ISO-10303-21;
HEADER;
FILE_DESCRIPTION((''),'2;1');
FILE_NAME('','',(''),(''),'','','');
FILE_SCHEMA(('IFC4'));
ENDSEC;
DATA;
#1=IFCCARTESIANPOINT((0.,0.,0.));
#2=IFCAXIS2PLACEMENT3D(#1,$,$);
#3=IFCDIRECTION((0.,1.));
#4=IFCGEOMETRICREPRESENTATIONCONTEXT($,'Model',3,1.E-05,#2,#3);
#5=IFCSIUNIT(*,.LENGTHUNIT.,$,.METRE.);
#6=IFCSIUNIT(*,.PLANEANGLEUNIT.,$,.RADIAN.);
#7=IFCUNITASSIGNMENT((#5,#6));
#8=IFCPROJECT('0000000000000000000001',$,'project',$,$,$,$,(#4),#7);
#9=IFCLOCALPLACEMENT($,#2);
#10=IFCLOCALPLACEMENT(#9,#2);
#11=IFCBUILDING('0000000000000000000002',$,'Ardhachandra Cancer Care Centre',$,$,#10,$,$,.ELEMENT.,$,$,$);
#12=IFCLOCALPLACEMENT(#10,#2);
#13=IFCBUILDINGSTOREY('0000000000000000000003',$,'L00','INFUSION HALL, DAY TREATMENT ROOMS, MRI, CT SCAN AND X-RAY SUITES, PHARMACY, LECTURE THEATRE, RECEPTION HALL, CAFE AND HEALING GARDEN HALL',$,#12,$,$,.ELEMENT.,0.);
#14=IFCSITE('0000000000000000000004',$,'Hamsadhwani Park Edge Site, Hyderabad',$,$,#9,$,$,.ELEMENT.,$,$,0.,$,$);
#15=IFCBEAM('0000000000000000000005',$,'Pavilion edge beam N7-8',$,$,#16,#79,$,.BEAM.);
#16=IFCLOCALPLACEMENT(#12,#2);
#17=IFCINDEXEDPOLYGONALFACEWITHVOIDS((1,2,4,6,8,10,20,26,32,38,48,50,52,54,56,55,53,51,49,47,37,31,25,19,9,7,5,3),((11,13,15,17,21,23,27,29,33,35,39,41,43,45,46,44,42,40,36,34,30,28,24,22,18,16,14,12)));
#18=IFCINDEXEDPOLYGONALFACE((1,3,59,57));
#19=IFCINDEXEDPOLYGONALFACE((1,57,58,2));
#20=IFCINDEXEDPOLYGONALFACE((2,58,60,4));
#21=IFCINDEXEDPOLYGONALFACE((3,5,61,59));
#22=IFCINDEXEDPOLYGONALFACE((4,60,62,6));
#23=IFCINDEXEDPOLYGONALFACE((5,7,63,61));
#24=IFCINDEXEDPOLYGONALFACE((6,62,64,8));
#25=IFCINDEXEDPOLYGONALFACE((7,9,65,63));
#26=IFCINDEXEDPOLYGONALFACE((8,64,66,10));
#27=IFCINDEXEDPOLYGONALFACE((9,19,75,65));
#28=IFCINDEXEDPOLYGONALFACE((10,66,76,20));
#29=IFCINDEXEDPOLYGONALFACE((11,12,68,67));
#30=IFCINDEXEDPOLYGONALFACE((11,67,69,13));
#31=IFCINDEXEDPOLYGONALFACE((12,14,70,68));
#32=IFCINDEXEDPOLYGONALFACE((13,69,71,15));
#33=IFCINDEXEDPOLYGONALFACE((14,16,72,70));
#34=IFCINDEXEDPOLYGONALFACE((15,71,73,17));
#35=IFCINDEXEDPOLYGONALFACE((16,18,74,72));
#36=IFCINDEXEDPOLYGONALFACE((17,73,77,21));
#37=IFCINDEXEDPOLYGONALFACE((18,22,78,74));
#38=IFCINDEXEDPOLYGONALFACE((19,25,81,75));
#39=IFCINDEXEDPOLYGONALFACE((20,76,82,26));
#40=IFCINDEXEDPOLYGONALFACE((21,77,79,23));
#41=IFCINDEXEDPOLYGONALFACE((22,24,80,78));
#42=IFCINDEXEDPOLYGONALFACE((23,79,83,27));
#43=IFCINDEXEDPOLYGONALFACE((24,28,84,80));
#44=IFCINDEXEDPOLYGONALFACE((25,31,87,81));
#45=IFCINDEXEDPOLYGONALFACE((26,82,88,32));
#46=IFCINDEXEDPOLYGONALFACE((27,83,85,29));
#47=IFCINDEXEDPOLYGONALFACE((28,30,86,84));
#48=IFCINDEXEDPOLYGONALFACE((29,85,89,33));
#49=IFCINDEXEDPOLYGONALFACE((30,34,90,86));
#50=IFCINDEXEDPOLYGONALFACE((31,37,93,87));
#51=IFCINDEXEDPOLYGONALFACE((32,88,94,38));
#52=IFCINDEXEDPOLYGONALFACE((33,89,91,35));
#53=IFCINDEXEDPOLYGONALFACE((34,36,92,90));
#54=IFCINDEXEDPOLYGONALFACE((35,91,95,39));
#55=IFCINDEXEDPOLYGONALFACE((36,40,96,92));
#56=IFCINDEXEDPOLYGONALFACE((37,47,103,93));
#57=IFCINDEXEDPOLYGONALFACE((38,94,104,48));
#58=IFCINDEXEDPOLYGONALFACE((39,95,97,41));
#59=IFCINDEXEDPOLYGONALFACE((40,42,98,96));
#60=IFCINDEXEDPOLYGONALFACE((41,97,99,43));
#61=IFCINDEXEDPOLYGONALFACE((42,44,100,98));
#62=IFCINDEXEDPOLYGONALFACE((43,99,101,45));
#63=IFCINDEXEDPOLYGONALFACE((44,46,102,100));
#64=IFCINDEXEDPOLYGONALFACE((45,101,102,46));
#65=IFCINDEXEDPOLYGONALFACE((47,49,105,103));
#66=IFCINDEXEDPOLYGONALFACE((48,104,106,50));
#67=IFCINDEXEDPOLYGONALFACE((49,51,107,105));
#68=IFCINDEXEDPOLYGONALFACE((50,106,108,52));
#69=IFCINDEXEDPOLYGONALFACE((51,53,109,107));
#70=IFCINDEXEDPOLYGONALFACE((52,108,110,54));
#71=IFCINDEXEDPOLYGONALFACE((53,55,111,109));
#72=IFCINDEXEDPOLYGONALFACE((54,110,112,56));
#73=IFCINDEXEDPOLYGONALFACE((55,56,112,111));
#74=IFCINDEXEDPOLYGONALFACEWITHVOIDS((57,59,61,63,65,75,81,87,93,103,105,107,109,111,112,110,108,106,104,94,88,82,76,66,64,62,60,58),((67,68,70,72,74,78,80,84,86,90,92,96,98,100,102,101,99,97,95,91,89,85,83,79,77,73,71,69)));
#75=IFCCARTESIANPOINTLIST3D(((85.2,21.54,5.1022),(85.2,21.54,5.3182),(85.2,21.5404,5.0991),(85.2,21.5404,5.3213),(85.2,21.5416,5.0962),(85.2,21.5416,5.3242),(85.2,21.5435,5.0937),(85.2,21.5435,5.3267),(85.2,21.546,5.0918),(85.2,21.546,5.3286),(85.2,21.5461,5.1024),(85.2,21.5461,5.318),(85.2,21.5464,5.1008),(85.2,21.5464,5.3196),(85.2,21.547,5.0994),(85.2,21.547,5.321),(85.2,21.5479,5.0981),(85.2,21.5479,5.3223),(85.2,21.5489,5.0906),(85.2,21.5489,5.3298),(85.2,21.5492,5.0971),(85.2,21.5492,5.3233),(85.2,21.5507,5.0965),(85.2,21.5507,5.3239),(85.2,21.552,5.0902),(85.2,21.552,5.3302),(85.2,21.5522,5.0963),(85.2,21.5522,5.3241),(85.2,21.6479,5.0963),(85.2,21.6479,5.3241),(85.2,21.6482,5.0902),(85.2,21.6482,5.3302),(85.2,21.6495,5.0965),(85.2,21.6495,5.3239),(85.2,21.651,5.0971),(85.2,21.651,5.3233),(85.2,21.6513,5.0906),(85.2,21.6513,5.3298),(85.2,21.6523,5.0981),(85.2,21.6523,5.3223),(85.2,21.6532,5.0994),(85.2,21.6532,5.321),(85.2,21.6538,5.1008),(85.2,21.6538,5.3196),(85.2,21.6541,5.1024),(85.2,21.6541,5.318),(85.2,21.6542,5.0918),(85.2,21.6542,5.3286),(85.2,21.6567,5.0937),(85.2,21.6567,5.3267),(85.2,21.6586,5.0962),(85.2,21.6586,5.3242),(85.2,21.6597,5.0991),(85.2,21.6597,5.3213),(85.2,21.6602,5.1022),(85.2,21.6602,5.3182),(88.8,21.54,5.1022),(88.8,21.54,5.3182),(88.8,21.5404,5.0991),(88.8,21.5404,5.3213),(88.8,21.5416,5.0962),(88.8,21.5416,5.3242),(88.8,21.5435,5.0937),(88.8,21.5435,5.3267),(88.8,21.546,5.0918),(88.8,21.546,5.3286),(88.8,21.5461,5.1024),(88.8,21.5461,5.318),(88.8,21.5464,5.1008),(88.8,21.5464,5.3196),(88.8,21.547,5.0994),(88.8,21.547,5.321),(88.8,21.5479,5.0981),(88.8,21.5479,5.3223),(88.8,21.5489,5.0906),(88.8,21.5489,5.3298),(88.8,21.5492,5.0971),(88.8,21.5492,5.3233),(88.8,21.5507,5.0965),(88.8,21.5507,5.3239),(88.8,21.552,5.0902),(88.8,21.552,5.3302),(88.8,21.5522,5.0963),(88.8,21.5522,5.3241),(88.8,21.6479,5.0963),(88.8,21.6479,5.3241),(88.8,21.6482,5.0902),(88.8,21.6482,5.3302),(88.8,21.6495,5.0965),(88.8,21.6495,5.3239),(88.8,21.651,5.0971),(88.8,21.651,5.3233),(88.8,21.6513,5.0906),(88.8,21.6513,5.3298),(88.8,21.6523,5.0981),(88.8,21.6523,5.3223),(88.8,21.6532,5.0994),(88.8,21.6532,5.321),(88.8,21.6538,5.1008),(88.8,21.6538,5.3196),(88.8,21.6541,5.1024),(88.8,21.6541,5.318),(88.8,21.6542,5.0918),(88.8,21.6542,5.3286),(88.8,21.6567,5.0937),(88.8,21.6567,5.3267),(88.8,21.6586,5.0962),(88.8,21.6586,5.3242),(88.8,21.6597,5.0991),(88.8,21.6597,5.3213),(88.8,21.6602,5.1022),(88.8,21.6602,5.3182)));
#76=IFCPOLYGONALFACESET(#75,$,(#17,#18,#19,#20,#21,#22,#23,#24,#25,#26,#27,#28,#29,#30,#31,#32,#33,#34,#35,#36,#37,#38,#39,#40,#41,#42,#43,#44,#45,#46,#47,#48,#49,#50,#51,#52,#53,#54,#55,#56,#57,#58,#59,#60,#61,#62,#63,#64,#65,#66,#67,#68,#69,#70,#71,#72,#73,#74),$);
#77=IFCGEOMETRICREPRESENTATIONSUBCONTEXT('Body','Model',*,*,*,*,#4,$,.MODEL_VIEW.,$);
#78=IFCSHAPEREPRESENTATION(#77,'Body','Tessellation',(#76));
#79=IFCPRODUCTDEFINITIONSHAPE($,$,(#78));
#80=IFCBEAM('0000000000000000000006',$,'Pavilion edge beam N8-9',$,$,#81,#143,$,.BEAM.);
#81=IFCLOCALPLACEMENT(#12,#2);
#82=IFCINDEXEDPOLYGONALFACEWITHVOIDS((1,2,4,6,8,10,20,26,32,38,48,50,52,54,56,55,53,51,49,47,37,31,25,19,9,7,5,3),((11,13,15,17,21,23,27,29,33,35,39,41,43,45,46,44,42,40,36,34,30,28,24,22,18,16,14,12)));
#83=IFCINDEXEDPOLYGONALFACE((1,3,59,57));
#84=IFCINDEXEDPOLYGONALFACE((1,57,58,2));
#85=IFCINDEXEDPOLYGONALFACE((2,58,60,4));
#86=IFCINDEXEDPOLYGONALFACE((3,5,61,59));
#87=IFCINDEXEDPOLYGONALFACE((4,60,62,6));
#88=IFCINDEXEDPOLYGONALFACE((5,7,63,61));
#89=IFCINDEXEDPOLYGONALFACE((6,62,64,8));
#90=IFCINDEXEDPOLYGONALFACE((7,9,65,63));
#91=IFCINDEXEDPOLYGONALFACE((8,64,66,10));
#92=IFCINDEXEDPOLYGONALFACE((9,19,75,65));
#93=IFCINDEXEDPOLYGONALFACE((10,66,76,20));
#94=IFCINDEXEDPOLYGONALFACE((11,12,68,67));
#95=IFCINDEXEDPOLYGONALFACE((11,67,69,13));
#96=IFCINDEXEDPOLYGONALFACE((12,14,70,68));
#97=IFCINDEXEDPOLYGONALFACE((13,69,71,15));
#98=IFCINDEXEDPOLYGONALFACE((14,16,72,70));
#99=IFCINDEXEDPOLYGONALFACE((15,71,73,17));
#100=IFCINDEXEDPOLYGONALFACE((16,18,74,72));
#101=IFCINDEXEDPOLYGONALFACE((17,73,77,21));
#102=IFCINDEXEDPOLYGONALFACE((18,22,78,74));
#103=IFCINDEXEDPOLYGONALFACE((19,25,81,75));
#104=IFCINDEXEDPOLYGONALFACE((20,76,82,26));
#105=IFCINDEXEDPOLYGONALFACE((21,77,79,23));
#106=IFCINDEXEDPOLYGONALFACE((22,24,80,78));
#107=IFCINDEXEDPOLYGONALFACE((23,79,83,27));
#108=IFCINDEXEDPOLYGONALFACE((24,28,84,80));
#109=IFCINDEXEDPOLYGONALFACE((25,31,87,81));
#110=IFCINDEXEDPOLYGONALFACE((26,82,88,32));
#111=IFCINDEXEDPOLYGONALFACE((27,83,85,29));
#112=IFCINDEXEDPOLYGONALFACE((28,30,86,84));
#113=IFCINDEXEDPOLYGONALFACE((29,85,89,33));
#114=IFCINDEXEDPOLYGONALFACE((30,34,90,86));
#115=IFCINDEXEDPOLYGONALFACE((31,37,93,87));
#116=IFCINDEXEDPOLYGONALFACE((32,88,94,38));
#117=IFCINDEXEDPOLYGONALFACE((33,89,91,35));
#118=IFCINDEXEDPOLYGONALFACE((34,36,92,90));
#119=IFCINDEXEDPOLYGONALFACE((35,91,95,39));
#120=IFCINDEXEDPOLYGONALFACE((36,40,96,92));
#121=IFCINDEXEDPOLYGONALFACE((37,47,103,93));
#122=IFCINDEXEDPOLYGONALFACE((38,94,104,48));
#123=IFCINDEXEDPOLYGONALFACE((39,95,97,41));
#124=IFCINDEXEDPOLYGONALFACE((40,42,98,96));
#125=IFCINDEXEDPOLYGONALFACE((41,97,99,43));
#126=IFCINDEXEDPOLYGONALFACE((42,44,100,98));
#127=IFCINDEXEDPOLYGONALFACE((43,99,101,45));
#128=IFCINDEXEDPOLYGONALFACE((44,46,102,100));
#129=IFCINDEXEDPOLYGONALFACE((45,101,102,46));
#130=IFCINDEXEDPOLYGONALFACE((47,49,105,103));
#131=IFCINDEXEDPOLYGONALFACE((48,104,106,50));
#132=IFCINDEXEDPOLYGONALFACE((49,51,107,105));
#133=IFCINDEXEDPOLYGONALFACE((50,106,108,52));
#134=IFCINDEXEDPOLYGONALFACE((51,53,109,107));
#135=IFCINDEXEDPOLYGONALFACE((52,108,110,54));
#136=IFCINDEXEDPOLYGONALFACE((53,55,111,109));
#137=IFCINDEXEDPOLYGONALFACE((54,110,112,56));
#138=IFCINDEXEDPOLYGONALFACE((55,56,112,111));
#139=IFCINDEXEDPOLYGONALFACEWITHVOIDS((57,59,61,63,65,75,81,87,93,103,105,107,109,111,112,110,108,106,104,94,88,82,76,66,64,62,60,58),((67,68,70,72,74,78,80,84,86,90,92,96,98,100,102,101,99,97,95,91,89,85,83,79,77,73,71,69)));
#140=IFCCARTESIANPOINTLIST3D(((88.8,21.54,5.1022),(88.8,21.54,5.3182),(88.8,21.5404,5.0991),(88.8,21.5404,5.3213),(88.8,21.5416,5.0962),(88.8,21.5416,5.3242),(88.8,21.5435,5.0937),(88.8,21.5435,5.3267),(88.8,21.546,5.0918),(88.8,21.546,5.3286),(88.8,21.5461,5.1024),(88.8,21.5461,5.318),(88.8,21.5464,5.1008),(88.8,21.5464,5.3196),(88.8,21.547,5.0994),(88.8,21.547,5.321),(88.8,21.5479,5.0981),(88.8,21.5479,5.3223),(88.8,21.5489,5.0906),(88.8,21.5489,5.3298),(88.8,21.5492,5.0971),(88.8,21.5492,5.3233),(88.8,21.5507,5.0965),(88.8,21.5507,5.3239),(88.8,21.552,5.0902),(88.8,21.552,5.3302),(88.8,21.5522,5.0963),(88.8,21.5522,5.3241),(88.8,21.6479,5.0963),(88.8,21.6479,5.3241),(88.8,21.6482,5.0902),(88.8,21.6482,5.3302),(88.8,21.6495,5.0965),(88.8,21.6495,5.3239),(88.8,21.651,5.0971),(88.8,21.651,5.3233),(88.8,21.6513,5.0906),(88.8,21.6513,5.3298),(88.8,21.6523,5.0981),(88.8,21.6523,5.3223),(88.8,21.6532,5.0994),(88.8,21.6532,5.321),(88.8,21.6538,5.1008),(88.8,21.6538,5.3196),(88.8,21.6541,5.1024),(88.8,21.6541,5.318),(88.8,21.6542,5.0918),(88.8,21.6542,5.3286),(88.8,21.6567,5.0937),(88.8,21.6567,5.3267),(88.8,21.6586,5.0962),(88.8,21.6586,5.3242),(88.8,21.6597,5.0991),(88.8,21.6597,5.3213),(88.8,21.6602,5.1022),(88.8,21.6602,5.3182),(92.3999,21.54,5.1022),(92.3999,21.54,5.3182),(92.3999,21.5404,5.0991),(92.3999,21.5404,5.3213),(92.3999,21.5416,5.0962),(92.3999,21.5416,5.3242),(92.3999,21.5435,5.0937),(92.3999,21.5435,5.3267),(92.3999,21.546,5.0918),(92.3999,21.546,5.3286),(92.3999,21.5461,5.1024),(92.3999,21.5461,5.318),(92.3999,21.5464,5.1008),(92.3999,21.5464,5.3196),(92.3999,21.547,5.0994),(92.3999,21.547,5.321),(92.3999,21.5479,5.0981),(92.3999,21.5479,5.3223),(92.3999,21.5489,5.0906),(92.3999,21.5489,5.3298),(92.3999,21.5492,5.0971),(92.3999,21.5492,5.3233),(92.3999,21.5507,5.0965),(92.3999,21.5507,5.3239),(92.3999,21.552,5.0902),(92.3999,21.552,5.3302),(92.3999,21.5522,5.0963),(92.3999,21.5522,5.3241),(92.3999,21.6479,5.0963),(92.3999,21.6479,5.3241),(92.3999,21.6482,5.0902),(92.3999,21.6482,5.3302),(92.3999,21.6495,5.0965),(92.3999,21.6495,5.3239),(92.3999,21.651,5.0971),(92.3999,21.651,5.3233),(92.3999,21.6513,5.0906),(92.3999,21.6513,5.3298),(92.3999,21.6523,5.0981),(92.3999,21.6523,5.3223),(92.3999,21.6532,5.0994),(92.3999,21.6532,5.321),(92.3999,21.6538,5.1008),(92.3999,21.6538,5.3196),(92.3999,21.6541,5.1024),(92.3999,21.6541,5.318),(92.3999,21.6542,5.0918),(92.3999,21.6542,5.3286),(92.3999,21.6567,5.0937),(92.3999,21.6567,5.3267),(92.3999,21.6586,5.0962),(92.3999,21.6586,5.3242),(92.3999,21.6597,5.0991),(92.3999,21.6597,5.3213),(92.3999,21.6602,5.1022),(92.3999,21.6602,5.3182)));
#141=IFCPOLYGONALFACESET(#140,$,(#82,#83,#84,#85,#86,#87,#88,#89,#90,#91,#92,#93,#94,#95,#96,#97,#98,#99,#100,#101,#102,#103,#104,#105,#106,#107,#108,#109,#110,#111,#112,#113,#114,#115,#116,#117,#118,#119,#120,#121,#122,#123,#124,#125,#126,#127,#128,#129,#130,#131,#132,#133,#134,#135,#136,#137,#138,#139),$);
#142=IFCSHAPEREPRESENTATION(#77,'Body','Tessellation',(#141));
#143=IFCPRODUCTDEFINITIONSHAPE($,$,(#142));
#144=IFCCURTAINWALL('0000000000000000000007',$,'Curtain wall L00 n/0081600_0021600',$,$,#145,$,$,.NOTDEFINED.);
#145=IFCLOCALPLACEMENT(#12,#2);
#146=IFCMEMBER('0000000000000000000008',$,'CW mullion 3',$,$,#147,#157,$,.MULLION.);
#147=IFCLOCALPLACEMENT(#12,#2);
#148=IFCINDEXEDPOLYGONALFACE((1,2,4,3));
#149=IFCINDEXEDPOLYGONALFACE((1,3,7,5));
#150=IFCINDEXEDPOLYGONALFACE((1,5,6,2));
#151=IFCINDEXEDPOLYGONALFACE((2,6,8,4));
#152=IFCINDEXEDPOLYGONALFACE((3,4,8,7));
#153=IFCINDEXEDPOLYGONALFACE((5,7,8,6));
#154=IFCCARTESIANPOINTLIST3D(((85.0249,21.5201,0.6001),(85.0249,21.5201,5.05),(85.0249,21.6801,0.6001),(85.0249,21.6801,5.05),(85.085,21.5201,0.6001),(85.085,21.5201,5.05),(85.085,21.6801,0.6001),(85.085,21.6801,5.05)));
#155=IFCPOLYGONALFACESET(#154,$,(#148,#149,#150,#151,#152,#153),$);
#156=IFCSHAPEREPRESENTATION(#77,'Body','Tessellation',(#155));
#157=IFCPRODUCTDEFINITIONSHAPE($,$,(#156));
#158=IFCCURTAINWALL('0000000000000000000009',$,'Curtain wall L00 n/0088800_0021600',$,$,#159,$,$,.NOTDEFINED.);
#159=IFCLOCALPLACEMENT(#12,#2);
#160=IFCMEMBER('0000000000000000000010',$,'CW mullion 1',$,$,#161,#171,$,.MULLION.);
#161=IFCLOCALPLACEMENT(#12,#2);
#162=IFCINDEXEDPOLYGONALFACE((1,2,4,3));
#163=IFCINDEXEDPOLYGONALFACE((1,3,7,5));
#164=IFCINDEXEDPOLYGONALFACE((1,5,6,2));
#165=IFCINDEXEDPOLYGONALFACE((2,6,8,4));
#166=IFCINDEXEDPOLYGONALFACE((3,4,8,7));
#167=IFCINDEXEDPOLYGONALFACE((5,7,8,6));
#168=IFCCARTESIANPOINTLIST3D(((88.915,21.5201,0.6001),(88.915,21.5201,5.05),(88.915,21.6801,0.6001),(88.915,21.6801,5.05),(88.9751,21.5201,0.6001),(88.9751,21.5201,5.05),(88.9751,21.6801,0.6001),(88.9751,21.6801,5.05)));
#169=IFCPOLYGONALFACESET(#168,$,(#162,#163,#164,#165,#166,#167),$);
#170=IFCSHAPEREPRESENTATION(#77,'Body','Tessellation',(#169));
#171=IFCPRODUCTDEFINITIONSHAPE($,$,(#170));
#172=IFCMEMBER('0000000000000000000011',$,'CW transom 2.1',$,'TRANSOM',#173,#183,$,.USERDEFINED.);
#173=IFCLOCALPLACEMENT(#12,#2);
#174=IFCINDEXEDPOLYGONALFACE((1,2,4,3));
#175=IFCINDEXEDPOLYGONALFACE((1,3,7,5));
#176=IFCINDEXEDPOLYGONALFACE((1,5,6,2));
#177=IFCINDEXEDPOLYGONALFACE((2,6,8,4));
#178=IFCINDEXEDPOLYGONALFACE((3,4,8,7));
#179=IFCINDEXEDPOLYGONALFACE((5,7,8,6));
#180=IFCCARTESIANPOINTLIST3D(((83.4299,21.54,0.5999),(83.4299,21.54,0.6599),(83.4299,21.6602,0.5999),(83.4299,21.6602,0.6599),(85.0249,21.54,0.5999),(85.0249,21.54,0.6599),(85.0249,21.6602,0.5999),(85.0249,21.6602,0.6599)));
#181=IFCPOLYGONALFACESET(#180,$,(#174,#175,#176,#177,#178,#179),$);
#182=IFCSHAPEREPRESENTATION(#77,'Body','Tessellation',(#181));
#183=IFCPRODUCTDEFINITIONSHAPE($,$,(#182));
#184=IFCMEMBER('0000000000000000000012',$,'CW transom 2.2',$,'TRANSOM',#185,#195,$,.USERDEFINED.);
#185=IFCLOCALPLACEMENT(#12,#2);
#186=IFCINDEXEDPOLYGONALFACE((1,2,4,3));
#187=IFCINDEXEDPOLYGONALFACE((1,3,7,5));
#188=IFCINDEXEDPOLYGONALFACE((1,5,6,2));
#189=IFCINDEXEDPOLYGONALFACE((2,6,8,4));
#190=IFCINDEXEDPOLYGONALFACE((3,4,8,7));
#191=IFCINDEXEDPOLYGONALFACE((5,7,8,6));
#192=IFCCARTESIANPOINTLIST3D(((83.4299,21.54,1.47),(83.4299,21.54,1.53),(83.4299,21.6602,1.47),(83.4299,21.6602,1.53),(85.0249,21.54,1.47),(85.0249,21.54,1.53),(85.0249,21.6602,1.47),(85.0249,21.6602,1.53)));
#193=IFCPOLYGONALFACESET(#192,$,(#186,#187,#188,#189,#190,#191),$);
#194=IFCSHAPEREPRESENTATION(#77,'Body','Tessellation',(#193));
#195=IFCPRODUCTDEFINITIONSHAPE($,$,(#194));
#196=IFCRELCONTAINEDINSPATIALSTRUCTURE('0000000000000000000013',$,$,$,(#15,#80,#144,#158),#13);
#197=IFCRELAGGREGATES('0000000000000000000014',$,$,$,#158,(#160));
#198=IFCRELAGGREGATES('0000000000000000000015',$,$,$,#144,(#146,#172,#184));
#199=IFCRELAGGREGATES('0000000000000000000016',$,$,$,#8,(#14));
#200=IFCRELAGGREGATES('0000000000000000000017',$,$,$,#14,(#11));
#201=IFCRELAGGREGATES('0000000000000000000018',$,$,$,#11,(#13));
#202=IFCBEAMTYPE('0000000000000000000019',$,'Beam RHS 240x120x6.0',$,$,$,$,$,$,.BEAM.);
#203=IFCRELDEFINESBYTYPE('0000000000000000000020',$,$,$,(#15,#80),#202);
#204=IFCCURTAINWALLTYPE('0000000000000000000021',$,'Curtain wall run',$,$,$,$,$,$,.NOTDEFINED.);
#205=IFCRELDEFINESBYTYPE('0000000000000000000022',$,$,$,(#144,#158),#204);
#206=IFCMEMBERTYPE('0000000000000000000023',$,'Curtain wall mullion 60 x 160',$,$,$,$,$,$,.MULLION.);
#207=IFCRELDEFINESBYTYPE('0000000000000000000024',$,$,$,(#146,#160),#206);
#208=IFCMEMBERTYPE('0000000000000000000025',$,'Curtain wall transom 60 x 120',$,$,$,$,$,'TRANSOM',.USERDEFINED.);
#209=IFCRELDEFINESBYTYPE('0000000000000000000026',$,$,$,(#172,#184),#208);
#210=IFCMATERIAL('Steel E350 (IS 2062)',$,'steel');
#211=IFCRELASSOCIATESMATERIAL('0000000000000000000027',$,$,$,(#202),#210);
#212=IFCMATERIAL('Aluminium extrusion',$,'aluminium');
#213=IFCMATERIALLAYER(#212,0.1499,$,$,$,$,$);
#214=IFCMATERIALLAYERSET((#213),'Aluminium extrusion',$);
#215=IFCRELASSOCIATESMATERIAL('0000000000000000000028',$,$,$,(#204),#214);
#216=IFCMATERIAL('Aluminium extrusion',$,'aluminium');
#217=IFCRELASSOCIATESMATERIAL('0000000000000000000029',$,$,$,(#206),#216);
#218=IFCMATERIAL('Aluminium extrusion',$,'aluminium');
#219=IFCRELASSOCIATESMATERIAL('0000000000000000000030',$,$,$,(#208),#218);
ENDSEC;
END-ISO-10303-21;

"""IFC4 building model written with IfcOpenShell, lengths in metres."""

from ifc_helpers import new_model, si_unit, direction, frame, origin, origin_2d, place, context, subcontext, project, spatial, rectangle, hollow_rectangle, extrude, material, layer, layer_set, material_profile, profile_set, type_object, element, aggregate, save


model = new_model("IFC4")

# Units and contexts
model_context = context("Model", 3, precision=1e-05, world=origin(), true_north=direction((0.0, 1.0)))
body_context = subcontext(model_context, "Body", "Model", "MODEL_VIEW")
ifc_project = project(units=[si_unit("LENGTHUNIT", "METRE"), si_unit("PLANEANGLEUNIT", "RADIAN")], contexts=[model_context])

# Site, building, storey
site_placement = place(None, origin())
site = spatial("IfcSite", under=ifc_project, at=site_placement, Name="Hamsadhwani Park Edge Site, Hyderabad", CompositionType="ELEMENT", RefElevation=0.0)
building_placement = place(site_placement, origin())
building = spatial("IfcBuilding", under=site, at=building_placement, Name="Ardhachandra Cancer Care Centre", CompositionType="ELEMENT")
storey_placement = place(building_placement, origin())
storey = spatial("IfcBuildingStorey", under=building, at=storey_placement, Name="L00", Description="INFUSION HALL, DAY TREATMENT ROOMS, MRI, CT SCAN AND X-RAY SUITES, PHARMACY, LECTURE THEATRE, RECEPTION HALL, CAFE AND HEALING GARDEN HALL", CompositionType="ELEMENT", Elevation=0.0)

# Beams
ifc_material_1 = material(Name="Steel E350 (IS 2062)", Category="steel")
ifc_material_profile_1 = material_profile(ifc_material_1, hollow_rectangle(XDim=0.1201, YDim=0.24, WallThickness=0.0061, InnerFilletRadius=0.0061, OuterFilletRadius=0.012, at=origin_2d()), Name="RHS 240x120x6.0")
ifc_profile_set_1 = profile_set([ifc_material_profile_1], Name="Steel E350 (IS 2062)")
beam_type = type_object("IfcBeamType", Name="Beam RHS 240x120x6.0", PredefinedType="BEAM", material=ifc_profile_set_1)
beam_1_placement = place(storey_placement, frame((85.2, 21.6001, 5.2102), z_axis=(1.0, 0.0, 0.0), x_axis=(0.0, 1.0, 0.0)))
element("IfcBeam", 1, at=beam_1_placement, inside=storey, type_object=beam_type, Name="Pavilion edge beam N7-8", PredefinedType="BEAM", context=body_context, shape_type="SweptSolid", body=[
    extrude(hollow_rectangle(XDim=0.1201, YDim=0.24, WallThickness=0.0061, InnerFilletRadius=0.0061, OuterFilletRadius=0.012, at=origin_2d()), origin(), (0.0, 0.0, 1.0), 3.6001),
])
beam_2_placement = place(storey_placement, frame((88.8, 21.6001, 5.2102), z_axis=(1.0, 0.0, 0.0), x_axis=(0.0, 1.0, 0.0)))
element("IfcBeam", 2, at=beam_2_placement, inside=storey, type_object=beam_type, Name="Pavilion edge beam N8-9", PredefinedType="BEAM", context=body_context, shape_type="SweptSolid", body=[
    extrude(hollow_rectangle(XDim=0.1201, YDim=0.24, WallThickness=0.0061, InnerFilletRadius=0.0061, OuterFilletRadius=0.012, at=origin_2d()), origin(), (0.0, 0.0, 1.0), 3.5999),
])

# Curtain walls, members
ifc_material_2 = material(Name="Aluminium extrusion", Category="aluminium")
ifc_layer_1 = layer(ifc_material_2, 0.1499)
ifc_layer_set_1 = layer_set([ifc_layer_1], Name="Aluminium extrusion")
curtain_wall_type = type_object("IfcCurtainWallType", Name="Curtain wall run", PredefinedType="NOTDEFINED", material=ifc_layer_set_1)
curtain_wall_1_placement = place(storey_placement, origin())
curtain_wall_1 = element("IfcCurtainWall", 3, at=curtain_wall_1_placement, inside=storey, type_object=curtain_wall_type, Name="Curtain wall L00 n/0081600_0021600", PredefinedType="NOTDEFINED")
ifc_material_3 = material(Name="Aluminium extrusion", Category="aluminium")
ifc_material_profile_2 = material_profile(ifc_material_3, rectangle(XDim=0.1599, YDim=0.0601, at=origin_2d()), Name="Curtain wall mullion 60 x 160")
ifc_profile_set_2 = profile_set([ifc_material_profile_2], Name="Aluminium extrusion")
member_type_1 = type_object("IfcMemberType", Name="Curtain wall mullion 60 x 160", PredefinedType="MULLION", material=ifc_profile_set_2)
member_1_placement = place(storey_placement, frame((85.0549, 21.6001, 0.6001), z_axis=(0.0, 0.0, 1.0), x_axis=(0.0, 1.0, 0.0)))
member_1 = element("IfcMember", 4, at=member_1_placement, type_object=member_type_1, Name="CW mullion 3", PredefinedType="MULLION", context=body_context, shape_type="SweptSolid", body=[
    extrude(rectangle(XDim=0.1599, YDim=0.0601, at=origin_2d()), origin(), (0.0, 0.0, 1.0), 4.45),
])
curtain_wall_2_placement = place(storey_placement, origin())
curtain_wall_2 = element("IfcCurtainWall", 5, at=curtain_wall_2_placement, inside=storey, type_object=curtain_wall_type, Name="Curtain wall L00 n/0088800_0021600", PredefinedType="NOTDEFINED")
member_2_placement = place(storey_placement, frame((88.9451, 21.6001, 0.6001), z_axis=(0.0, 0.0, 1.0), x_axis=(0.0, 1.0, 0.0)))
member_2 = element("IfcMember", 6, at=member_2_placement, type_object=member_type_1, Name="CW mullion 1", PredefinedType="MULLION", context=body_context, shape_type="SweptSolid", body=[
    extrude(rectangle(XDim=0.1599, YDim=0.0601, at=origin_2d()), origin(), (0.0, 0.0, 1.0), 4.45),
])

# Members
ifc_material_4 = material(Name="Aluminium extrusion", Category="aluminium")
ifc_material_profile_3 = material_profile(ifc_material_4, rectangle(XDim=0.1201, YDim=0.0601, at=origin_2d()), Name="Curtain wall transom 60 x 120")
ifc_profile_set_3 = profile_set([ifc_material_profile_3], Name="Aluminium extrusion")
member_type_2 = type_object("IfcMemberType", Name="Curtain wall transom 60 x 120", ElementType="TRANSOM", PredefinedType="USERDEFINED", material=ifc_profile_set_3)
member_3_placement = place(storey_placement, frame((83.4299, 21.6001, 0.6299), z_axis=(1.0, 0.0, 0.0), x_axis=(0.0, 1.0, 0.0)))
member_3 = element("IfcMember", 7, at=member_3_placement, type_object=member_type_2, Name="CW transom 2.1", ObjectType="TRANSOM", PredefinedType="USERDEFINED", context=body_context, shape_type="SweptSolid", body=[
    extrude(rectangle(XDim=0.1201, YDim=0.0601, at=origin_2d()), origin(), (0.0, 0.0, 1.0), 1.595),
])
member_4_placement = place(storey_placement, frame((83.4299, 21.6001, 1.5), z_axis=(1.0, 0.0, 0.0), x_axis=(0.0, 1.0, 0.0)))
member_4 = element("IfcMember", 8, at=member_4_placement, type_object=member_type_2, Name="CW transom 2.2", ObjectType="TRANSOM", PredefinedType="USERDEFINED", context=body_context, shape_type="SweptSolid", body=[
    extrude(rectangle(XDim=0.1201, YDim=0.0601, at=origin_2d()), origin(), (0.0, 0.0, 1.0), 1.595),
])
aggregate(curtain_wall_2, [member_2])

aggregate(curtain_wall_1, [member_1, member_3, member_4])

save(model, "model.ifc")
